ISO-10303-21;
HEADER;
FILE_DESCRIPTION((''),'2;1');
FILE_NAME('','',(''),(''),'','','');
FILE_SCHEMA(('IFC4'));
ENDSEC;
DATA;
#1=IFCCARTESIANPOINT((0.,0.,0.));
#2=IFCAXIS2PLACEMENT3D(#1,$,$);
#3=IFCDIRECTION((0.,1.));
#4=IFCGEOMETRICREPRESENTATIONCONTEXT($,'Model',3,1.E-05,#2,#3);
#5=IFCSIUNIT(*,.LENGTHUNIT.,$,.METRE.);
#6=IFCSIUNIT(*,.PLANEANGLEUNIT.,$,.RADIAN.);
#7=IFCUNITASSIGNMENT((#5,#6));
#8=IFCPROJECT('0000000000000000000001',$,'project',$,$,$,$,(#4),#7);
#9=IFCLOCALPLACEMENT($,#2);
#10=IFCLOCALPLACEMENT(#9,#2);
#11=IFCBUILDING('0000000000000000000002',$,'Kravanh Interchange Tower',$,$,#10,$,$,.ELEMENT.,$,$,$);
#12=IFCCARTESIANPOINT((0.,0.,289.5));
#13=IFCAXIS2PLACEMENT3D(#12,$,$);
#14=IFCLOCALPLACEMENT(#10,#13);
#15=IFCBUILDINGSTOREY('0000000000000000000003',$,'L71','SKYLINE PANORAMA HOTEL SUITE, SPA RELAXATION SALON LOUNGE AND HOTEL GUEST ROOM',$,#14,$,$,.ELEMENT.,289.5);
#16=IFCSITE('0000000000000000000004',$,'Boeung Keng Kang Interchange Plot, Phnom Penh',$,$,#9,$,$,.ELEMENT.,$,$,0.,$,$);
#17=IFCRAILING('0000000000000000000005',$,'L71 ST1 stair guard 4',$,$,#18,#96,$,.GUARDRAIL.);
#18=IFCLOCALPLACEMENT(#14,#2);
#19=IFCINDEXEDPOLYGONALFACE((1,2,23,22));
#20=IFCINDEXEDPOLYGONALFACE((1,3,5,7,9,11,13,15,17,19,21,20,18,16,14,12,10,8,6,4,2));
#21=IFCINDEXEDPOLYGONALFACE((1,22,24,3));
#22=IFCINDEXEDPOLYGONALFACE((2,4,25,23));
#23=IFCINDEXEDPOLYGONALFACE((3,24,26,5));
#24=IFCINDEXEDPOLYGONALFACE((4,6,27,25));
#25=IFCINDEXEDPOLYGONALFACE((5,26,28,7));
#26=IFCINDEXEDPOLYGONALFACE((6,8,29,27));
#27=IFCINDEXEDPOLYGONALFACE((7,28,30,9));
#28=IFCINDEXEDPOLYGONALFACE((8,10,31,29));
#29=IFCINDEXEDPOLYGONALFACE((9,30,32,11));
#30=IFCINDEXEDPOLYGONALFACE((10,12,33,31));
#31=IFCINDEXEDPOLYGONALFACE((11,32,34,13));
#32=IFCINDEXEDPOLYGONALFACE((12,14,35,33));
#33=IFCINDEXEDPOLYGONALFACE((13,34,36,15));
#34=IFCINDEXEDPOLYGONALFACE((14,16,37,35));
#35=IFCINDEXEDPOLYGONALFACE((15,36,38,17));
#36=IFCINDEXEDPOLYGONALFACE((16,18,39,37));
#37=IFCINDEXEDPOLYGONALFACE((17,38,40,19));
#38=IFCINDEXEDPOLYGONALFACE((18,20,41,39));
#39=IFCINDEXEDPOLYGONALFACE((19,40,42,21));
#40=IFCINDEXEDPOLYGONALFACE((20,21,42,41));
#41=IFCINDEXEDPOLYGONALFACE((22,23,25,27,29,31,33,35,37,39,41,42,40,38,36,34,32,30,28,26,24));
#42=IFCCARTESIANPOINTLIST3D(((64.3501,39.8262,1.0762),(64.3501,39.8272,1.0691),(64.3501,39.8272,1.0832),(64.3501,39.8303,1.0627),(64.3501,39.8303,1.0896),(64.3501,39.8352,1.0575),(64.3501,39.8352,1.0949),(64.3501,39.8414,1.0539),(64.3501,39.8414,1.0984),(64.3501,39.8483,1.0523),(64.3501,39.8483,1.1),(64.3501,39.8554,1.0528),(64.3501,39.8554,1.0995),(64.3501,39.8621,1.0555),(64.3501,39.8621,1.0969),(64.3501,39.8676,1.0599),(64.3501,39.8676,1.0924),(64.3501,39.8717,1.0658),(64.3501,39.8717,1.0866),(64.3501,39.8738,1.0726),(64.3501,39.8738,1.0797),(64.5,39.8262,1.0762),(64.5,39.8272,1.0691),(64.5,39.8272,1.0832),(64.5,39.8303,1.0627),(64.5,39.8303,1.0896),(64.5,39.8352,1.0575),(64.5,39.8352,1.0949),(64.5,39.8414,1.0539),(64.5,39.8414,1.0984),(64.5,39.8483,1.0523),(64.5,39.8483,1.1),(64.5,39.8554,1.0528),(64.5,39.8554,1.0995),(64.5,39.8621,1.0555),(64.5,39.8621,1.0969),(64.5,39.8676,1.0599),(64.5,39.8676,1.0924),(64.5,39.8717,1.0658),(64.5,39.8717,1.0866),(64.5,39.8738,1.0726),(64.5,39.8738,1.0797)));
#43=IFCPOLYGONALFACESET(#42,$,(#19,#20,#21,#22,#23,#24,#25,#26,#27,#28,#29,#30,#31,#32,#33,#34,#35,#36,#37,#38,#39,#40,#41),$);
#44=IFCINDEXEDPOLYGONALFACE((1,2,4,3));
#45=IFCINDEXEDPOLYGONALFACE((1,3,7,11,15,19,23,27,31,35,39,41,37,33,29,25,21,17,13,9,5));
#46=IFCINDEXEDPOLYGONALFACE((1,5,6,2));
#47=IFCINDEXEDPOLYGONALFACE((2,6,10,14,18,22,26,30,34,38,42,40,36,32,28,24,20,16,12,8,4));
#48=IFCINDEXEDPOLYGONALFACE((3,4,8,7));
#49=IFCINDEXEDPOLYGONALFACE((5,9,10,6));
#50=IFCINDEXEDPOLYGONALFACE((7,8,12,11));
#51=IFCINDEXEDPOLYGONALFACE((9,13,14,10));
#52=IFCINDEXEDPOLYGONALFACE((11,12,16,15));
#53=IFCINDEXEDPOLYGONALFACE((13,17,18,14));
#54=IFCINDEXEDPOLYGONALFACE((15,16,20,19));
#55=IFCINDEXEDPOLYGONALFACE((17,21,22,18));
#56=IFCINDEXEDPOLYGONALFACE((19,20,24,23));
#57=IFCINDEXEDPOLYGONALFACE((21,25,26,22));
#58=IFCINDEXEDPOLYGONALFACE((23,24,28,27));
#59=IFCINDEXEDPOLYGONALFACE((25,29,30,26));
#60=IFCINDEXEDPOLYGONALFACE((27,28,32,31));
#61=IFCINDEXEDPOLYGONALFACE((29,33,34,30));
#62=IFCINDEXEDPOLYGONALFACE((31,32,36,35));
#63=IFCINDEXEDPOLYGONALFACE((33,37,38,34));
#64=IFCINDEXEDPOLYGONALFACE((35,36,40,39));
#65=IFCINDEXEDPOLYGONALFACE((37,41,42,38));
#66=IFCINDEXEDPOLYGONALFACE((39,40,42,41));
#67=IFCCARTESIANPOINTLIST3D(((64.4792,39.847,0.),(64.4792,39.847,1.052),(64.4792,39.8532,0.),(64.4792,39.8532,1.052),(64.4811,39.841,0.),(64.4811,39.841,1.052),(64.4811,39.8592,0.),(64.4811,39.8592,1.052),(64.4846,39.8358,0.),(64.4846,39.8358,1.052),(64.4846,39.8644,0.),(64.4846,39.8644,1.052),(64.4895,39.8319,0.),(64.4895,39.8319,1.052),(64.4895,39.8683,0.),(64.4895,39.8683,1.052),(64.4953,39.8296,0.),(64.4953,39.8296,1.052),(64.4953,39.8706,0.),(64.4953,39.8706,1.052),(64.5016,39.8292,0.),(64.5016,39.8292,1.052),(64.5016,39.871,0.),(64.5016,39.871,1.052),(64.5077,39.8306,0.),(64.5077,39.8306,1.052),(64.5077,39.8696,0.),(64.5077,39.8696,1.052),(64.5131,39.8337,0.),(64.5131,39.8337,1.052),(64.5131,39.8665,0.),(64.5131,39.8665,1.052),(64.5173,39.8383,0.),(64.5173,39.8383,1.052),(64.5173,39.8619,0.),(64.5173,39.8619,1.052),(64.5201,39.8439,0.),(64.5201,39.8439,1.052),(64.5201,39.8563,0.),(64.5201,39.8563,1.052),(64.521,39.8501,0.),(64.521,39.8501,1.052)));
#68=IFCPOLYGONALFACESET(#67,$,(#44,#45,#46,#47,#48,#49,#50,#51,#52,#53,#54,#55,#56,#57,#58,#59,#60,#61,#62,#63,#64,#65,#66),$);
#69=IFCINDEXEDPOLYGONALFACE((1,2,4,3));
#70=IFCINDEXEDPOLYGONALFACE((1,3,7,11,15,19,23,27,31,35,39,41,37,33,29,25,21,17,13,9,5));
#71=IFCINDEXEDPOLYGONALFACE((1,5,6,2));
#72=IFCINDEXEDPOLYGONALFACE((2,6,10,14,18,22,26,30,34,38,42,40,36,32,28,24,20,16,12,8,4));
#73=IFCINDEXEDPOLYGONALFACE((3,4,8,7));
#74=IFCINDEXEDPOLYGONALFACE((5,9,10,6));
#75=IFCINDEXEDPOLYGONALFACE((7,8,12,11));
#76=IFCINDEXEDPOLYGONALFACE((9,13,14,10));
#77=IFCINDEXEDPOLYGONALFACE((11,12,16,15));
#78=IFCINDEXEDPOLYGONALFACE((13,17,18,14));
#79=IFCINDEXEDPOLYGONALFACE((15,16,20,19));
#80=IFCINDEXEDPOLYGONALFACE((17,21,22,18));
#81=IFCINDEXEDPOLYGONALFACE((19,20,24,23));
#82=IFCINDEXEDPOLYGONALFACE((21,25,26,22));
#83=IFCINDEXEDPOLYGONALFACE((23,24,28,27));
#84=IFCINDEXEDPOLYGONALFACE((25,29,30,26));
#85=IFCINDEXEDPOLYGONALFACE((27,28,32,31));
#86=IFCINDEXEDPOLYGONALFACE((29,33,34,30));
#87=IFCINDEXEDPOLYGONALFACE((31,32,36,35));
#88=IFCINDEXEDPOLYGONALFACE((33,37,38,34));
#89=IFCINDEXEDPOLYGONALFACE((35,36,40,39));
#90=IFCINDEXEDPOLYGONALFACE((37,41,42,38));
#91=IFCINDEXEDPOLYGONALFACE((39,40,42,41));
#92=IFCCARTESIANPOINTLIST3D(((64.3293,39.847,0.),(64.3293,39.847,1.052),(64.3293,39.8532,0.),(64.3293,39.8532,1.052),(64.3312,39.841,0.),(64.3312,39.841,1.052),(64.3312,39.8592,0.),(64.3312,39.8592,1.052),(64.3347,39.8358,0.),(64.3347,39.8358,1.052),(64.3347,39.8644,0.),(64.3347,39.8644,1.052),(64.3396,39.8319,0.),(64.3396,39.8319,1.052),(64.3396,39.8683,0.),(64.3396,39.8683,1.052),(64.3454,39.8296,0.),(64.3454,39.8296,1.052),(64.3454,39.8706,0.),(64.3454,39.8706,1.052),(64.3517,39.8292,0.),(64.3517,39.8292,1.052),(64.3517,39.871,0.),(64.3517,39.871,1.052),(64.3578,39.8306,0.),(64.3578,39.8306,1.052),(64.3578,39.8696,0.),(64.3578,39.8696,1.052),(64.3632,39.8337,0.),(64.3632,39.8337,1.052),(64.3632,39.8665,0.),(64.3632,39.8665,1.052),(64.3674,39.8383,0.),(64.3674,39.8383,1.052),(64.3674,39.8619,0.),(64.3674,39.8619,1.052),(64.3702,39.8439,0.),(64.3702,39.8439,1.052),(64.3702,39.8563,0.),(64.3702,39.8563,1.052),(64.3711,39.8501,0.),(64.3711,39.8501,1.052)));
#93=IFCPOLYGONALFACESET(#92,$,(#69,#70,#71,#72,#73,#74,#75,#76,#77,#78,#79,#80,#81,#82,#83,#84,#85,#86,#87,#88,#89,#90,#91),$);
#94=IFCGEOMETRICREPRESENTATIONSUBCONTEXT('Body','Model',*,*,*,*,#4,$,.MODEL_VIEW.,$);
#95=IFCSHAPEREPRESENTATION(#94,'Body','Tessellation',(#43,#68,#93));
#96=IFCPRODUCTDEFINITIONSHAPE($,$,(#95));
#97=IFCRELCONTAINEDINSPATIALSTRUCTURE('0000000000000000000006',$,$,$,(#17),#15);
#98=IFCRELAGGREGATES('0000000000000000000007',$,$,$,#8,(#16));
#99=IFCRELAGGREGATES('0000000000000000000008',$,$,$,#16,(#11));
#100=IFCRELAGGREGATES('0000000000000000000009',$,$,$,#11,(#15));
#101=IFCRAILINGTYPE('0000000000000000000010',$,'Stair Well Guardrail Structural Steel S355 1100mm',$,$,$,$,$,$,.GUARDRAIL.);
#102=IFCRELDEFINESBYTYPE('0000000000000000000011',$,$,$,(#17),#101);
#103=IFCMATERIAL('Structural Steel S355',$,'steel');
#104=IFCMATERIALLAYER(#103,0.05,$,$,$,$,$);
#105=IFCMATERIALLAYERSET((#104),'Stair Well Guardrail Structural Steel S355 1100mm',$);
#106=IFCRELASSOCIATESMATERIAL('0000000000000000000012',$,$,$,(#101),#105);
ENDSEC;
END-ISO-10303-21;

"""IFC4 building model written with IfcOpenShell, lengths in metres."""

from ifc_helpers import new_model, si_unit, direction, frame, origin, origin_2d, place, context, subcontext, project, spatial, circle, extrude, material, layer, layer_set, type_object, element, save


model = new_model("IFC4")

# Units and contexts
model_context = context("Model", 3, precision=1e-05, world=origin(), true_north=direction((0.0, 1.0)))
body_context = subcontext(model_context, "Body", "Model", "MODEL_VIEW")
ifc_project = project(units=[si_unit("LENGTHUNIT", "METRE"), si_unit("PLANEANGLEUNIT", "RADIAN")], contexts=[model_context])

# Site, building, storey
site_placement = place(None, origin())
site = spatial("IfcSite", under=ifc_project, at=site_placement, Name="Boeung Keng Kang Interchange Plot, Phnom Penh", CompositionType="ELEMENT", RefElevation=0.0)
building_placement = place(site_placement, origin())
building = spatial("IfcBuilding", under=site, at=building_placement, Name="Kravanh Interchange Tower", CompositionType="ELEMENT")
storey_placement = place(building_placement, frame((0.0, 0.0, 289.5)))
storey = spatial("IfcBuildingStorey", under=building, at=storey_placement, Name="L71", Description="SKYLINE PANORAMA HOTEL SUITE, SPA RELAXATION SALON LOUNGE AND HOTEL GUEST ROOM", CompositionType="ELEMENT", Elevation=289.5)

# Railing
ifc_material_1 = material(Name="Structural Steel S355", Category="steel")
ifc_layer_1 = layer(ifc_material_1, 0.05)
ifc_layer_set_1 = layer_set([ifc_layer_1], Name="Stair Well Guardrail Structural Steel S355 1100mm")
railing_type_1 = type_object("IfcRailingType", Name="Stair Well Guardrail Structural Steel S355 1100mm", PredefinedType="GUARDRAIL", material=ifc_layer_set_1)
railing_1_placement = place(storey_placement, frame((64.5, 39.8501, 0.0)))
element("IfcRailing", 1, at=railing_1_placement, inside=storey, type_object=railing_type_1, Name="L71 ST1 stair guard 4", PredefinedType="GUARDRAIL", context=body_context, shape_type="SweptSolid", body=[
    extrude(circle(Radius=0.0239, at=origin_2d()), frame((0.0, 0.0, 1.0762), z_axis=(-1.0, 0.0, 0.0), x_axis=(0.0, -1.0, 0.0)), (0.0, 0.0, 1.0), 0.1499),
    extrude(circle(Radius=0.021, at=origin_2d()), origin(), (0.0, 0.0, 1.0), 1.052),
    extrude(circle(Radius=0.021, at=origin_2d()), frame((-0.1499, 0.0, 0.0)), (0.0, 0.0, 1.0), 1.052),
])

save(model, "model.ifc")
